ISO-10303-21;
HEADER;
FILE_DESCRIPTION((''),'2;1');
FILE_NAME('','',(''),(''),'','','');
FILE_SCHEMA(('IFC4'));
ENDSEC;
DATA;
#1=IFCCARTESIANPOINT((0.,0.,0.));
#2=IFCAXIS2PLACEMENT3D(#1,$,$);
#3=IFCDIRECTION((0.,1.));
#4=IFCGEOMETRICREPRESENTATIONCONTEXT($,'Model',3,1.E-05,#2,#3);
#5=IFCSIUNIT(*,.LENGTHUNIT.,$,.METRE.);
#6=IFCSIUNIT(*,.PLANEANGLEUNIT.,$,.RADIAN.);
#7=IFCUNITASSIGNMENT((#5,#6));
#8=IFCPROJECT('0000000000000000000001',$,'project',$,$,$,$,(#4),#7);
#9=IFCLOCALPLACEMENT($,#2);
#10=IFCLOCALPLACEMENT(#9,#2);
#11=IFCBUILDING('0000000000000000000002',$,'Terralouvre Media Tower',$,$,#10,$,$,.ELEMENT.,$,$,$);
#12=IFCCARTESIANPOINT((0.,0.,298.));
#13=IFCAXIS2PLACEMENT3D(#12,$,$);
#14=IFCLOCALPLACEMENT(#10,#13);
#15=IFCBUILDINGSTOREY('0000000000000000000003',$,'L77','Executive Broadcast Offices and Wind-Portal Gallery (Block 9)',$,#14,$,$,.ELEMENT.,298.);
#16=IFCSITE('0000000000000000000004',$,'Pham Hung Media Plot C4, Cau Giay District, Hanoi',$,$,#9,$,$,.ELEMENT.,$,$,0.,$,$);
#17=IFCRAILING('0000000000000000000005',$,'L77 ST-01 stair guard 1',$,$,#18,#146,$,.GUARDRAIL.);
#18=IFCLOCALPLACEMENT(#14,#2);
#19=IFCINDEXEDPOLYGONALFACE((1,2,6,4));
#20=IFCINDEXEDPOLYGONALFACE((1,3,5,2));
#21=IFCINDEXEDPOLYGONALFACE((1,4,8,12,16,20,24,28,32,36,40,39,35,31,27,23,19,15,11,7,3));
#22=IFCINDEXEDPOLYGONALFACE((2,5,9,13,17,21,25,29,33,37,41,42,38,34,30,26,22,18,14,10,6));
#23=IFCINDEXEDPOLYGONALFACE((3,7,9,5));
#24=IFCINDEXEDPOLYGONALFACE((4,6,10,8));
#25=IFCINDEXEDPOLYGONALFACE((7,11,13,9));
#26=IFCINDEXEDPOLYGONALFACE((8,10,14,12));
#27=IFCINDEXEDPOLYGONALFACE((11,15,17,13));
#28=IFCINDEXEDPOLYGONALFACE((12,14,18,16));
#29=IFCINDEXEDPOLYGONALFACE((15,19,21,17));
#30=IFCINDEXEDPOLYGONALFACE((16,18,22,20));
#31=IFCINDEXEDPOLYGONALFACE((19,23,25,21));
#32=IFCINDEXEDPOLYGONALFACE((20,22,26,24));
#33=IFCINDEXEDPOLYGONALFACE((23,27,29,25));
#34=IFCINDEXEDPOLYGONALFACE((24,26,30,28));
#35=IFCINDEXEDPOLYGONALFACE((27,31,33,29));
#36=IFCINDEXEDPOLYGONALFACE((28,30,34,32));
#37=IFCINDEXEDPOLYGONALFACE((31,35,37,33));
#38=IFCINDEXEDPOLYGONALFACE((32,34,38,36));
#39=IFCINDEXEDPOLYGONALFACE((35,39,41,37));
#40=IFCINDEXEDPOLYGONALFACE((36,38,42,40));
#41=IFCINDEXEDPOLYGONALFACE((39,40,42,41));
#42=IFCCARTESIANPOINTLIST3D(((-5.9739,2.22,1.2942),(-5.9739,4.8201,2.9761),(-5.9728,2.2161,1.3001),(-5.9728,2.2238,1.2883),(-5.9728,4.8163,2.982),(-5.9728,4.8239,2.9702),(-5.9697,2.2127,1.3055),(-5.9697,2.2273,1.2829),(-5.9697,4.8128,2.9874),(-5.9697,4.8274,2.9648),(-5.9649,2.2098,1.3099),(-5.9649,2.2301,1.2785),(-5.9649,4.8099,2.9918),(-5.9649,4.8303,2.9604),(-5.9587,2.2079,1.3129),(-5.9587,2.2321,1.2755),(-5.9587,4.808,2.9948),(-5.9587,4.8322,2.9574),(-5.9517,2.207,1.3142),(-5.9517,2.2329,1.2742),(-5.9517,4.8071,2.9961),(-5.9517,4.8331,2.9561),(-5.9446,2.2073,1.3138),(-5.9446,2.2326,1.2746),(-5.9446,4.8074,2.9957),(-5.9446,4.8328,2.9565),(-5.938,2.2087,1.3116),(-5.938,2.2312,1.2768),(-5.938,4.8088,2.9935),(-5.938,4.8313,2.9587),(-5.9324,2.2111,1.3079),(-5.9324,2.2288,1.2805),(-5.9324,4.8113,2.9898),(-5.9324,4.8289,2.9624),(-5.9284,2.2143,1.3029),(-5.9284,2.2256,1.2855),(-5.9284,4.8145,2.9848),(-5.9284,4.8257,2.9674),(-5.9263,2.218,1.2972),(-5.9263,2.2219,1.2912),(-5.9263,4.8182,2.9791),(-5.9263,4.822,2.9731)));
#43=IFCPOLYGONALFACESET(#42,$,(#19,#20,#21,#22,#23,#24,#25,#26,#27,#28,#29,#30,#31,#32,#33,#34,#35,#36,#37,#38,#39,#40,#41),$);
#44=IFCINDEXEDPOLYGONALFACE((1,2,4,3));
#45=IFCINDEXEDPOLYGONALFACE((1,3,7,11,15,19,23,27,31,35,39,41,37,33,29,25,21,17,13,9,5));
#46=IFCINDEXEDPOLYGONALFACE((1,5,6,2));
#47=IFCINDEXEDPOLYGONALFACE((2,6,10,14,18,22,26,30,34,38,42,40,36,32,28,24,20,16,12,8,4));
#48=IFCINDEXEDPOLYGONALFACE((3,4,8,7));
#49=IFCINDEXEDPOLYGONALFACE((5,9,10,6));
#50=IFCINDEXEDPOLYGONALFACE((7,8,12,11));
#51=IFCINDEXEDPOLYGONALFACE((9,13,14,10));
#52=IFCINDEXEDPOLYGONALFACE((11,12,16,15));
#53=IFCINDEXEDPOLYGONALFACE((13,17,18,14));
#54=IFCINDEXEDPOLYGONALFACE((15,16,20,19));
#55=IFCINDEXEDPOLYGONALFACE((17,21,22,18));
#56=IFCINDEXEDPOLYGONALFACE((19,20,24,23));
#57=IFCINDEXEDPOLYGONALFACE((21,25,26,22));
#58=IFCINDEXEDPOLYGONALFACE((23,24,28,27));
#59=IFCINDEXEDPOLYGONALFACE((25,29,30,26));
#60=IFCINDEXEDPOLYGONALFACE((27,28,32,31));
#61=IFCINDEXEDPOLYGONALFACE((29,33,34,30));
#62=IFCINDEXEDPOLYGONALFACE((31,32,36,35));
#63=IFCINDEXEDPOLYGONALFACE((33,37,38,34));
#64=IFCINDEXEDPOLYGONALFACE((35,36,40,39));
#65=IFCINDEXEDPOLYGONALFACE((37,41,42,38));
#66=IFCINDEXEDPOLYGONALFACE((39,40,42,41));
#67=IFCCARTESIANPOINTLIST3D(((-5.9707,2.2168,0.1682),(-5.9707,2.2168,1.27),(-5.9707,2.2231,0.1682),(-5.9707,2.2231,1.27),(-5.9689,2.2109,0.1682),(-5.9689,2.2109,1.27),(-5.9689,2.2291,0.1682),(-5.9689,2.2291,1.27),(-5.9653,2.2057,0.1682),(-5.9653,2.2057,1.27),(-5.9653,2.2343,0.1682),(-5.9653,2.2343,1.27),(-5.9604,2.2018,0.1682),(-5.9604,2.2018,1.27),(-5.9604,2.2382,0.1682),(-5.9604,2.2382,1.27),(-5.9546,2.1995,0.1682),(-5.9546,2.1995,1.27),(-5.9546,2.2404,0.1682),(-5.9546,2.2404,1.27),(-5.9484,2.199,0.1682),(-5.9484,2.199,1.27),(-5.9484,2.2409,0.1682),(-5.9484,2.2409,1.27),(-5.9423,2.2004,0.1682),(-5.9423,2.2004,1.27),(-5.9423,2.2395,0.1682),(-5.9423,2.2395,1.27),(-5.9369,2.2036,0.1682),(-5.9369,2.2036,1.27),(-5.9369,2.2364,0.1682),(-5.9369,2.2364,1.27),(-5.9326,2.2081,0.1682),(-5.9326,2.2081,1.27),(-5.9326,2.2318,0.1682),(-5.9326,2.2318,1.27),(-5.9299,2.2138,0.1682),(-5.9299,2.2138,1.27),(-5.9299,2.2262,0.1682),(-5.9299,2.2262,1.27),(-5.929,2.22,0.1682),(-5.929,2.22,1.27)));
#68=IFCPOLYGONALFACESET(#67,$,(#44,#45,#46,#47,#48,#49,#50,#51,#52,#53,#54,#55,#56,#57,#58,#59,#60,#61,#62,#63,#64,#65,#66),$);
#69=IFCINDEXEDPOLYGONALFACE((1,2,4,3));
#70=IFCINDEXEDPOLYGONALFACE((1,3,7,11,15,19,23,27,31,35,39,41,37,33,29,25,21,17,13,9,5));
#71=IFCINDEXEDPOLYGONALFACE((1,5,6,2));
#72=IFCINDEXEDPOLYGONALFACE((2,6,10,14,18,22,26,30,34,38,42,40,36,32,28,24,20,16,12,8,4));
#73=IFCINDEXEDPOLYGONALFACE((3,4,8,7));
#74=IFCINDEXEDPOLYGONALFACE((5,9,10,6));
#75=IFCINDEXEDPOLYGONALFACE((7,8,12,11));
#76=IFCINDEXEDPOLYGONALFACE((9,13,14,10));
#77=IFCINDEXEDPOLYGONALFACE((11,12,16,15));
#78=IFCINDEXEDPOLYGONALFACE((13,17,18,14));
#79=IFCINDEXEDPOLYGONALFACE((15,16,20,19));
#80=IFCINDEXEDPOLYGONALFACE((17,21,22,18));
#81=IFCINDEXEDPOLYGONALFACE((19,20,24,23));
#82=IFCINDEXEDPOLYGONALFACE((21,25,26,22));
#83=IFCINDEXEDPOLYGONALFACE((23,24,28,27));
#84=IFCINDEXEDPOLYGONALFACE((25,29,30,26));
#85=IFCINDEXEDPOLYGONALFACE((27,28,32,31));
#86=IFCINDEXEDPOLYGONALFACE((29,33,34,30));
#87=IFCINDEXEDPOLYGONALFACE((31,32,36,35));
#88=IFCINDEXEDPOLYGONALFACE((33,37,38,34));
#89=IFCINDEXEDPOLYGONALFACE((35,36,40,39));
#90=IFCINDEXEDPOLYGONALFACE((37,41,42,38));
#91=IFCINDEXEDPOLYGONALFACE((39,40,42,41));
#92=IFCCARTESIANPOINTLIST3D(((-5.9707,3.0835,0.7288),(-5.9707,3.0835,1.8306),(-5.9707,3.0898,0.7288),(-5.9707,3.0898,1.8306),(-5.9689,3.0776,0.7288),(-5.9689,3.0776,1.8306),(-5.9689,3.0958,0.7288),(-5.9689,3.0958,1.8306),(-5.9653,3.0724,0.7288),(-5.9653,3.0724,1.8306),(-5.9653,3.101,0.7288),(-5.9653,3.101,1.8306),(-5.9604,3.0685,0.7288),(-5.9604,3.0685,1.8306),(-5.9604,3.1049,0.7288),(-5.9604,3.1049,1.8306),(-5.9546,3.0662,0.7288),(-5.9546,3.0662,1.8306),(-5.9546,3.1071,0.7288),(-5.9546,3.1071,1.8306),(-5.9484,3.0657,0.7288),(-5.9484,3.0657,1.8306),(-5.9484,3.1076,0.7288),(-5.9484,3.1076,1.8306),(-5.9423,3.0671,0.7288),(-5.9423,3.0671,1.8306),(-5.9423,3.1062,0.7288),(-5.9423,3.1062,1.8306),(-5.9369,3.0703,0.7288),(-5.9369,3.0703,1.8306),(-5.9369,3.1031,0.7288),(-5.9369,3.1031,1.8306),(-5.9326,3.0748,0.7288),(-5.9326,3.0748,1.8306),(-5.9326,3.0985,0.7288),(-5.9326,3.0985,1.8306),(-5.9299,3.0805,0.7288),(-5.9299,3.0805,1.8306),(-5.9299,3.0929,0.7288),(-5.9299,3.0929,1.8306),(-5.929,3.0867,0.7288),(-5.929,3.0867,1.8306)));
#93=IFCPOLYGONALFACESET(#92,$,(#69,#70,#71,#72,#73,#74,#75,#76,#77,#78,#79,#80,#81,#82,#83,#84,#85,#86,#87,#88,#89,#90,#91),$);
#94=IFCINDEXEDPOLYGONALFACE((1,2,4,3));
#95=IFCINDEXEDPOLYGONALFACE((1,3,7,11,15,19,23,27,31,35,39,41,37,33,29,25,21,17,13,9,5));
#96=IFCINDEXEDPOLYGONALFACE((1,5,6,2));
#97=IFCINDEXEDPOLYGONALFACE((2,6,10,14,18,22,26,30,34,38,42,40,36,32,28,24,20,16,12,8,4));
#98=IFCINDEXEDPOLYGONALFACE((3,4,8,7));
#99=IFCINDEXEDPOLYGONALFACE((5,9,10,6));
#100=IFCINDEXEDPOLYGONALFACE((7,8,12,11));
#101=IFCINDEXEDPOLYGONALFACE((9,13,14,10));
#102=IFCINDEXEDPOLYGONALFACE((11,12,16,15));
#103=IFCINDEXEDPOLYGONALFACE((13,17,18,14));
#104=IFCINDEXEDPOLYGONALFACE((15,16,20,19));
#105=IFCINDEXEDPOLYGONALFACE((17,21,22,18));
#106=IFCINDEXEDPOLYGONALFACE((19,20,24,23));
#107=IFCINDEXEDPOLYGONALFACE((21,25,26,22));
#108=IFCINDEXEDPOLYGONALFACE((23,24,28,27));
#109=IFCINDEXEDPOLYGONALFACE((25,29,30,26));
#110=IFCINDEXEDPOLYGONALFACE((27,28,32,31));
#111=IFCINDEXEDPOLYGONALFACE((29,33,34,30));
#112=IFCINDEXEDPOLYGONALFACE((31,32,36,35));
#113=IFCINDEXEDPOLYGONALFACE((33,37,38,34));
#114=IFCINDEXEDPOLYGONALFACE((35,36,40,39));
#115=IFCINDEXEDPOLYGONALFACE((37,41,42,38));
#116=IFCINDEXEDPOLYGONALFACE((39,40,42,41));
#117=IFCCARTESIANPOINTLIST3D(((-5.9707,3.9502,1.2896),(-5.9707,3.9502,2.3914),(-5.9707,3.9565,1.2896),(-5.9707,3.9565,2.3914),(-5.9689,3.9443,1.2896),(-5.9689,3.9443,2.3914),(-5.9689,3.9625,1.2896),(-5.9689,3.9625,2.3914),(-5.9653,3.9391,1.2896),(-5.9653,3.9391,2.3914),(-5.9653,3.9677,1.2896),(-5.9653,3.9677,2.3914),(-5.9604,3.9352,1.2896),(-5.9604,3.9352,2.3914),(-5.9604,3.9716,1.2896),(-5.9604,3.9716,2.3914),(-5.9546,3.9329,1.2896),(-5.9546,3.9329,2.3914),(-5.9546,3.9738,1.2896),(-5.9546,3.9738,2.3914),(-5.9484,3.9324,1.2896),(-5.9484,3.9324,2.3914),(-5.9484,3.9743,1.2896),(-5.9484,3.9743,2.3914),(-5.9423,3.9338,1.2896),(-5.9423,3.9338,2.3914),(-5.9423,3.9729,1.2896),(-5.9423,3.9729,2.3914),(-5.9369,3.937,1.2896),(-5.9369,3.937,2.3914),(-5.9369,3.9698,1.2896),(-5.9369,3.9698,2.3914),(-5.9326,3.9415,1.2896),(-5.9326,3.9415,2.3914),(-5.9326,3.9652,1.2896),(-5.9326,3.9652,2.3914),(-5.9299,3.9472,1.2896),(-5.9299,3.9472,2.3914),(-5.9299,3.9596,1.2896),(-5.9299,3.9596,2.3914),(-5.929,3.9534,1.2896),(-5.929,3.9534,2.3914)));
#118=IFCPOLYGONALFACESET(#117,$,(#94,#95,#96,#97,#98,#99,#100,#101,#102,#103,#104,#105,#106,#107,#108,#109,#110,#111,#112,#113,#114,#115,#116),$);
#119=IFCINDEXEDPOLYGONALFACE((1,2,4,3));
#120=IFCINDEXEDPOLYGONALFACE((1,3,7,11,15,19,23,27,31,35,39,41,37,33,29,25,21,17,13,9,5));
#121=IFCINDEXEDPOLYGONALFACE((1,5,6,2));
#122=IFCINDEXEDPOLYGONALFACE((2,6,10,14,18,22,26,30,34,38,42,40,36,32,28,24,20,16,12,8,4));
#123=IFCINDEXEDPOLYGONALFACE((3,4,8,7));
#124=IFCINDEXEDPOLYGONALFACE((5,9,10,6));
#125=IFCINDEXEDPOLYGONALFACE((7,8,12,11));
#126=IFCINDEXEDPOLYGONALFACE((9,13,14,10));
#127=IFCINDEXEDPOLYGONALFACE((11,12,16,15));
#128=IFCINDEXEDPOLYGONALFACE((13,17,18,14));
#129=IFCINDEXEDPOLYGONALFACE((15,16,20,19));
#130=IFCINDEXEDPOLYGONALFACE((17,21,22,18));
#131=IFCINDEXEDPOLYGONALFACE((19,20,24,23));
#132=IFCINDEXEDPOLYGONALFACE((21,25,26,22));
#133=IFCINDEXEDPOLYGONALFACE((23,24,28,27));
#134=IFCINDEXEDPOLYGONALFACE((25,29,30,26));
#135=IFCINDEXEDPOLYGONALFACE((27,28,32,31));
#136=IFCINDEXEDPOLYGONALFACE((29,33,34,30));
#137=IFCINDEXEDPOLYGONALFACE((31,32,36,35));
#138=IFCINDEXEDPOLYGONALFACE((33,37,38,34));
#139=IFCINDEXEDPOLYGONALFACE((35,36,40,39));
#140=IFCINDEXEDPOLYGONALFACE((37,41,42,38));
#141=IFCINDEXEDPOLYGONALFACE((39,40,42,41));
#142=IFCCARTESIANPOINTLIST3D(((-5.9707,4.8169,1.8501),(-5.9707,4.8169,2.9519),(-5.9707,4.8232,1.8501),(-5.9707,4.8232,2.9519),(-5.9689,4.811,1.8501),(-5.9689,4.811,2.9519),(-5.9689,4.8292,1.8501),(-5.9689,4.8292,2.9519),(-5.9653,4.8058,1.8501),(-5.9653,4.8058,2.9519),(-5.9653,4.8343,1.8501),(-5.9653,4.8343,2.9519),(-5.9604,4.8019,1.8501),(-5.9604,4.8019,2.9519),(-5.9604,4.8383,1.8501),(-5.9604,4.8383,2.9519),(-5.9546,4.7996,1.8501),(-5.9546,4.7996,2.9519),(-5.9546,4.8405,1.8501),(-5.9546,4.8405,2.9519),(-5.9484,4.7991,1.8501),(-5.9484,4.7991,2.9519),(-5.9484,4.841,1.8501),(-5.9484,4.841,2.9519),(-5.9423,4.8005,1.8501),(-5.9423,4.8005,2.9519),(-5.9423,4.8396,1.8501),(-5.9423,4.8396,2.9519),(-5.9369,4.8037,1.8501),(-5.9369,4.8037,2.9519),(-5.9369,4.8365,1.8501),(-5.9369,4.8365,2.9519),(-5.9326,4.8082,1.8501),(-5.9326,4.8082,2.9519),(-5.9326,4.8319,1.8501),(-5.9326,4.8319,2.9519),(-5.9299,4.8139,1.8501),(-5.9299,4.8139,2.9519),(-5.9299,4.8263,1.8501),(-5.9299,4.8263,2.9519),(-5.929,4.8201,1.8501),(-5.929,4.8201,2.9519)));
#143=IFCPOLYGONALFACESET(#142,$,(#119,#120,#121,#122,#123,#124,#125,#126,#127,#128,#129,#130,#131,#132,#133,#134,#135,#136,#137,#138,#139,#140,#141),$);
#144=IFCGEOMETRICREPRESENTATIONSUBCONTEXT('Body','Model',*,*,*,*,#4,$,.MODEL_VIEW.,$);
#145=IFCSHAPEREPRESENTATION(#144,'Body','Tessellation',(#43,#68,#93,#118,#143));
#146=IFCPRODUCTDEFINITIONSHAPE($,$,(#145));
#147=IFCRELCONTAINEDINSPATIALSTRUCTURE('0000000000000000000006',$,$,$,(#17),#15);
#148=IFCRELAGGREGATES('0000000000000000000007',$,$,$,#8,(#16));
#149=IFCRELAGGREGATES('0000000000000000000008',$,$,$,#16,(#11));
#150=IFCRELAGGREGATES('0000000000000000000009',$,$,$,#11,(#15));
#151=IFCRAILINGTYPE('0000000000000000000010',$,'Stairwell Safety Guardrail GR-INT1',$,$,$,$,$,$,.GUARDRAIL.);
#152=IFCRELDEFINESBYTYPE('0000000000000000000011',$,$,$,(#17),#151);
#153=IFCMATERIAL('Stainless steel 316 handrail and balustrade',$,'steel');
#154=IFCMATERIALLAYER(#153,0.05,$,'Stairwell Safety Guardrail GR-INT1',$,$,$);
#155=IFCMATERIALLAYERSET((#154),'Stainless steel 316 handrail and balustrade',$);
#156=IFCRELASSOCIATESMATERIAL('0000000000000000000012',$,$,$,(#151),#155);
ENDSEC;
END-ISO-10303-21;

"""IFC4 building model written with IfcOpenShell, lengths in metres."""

from ifc_helpers import new_model, si_unit, direction, frame, origin, origin_2d, place, context, subcontext, project, spatial, circle, extrude, material, layer, layer_set, type_object, element, save


model = new_model("IFC4")

# Units and contexts
model_context = context("Model", 3, precision=1e-05, world=origin(), true_north=direction((0.0, 1.0)))
body_context = subcontext(model_context, "Body", "Model", "MODEL_VIEW")
ifc_project = project(units=[si_unit("LENGTHUNIT", "METRE"), si_unit("PLANEANGLEUNIT", "RADIAN")], contexts=[model_context])

# Site, building, storey
site_placement = place(None, origin())
site = spatial("IfcSite", under=ifc_project, at=site_placement, Name="Pham Hung Media Plot C4, Cau Giay District, Hanoi", CompositionType="ELEMENT", RefElevation=0.0)
building_placement = place(site_placement, origin())
building = spatial("IfcBuilding", under=site, at=building_placement, Name="Terralouvre Media Tower", CompositionType="ELEMENT")
storey_placement = place(building_placement, frame((0.0, 0.0, 298.0)))
storey = spatial("IfcBuildingStorey", under=building, at=storey_placement, Name="L77", Description="Executive Broadcast Offices and Wind-Portal Gallery (Block 9)", CompositionType="ELEMENT", Elevation=298.0)

# Railing
ifc_material_1 = material(Name="Stainless steel 316 handrail and balustrade", Category="steel")
ifc_layer_1 = layer(ifc_material_1, 0.05, Name="Stairwell Safety Guardrail GR-INT1")
ifc_layer_set_1 = layer_set([ifc_layer_1], Name="Stainless steel 316 handrail and balustrade")
railing_type_1 = type_object("IfcRailingType", Name="Stairwell Safety Guardrail GR-INT1", PredefinedType="GUARDRAIL", material=ifc_layer_set_1)
railing_1_placement = place(storey_placement, frame((-5.95, 2.22, 0.1682)))
element("IfcRailing", 1, at=railing_1_placement, inside=storey, type_object=railing_type_1, Name="L77 ST-01 stair guard 1", PredefinedType="GUARDRAIL", context=body_context, shape_type="SweptSolid", body=[
    extrude(circle(Radius=0.0239, at=origin_2d()), frame((0.0, 0.0, 1.126), z_axis=(0.0, 0.839648, 0.54313), x_axis=(-1.0, 0.0, 0.0)), (0.0, 0.0, 1.0), 3.0967),
    extrude(circle(Radius=0.021, at=origin_2d()), origin(), (0.0, 0.0, 1.0), 1.1018),
    extrude(circle(Radius=0.021, at=origin_2d()), frame((0.0, 0.8667, 0.5605)), (0.0, 0.0, 1.0), 1.1018),
    extrude(circle(Radius=0.021, at=origin_2d()), frame((0.0, 1.7334, 1.1213)), (0.0, 0.0, 1.0), 1.1018),
    extrude(circle(Radius=0.021, at=origin_2d()), frame((0.0, 2.6001, 1.6819)), (0.0, 0.0, 1.0), 1.1018),
])

save(model, "model.ifc")
